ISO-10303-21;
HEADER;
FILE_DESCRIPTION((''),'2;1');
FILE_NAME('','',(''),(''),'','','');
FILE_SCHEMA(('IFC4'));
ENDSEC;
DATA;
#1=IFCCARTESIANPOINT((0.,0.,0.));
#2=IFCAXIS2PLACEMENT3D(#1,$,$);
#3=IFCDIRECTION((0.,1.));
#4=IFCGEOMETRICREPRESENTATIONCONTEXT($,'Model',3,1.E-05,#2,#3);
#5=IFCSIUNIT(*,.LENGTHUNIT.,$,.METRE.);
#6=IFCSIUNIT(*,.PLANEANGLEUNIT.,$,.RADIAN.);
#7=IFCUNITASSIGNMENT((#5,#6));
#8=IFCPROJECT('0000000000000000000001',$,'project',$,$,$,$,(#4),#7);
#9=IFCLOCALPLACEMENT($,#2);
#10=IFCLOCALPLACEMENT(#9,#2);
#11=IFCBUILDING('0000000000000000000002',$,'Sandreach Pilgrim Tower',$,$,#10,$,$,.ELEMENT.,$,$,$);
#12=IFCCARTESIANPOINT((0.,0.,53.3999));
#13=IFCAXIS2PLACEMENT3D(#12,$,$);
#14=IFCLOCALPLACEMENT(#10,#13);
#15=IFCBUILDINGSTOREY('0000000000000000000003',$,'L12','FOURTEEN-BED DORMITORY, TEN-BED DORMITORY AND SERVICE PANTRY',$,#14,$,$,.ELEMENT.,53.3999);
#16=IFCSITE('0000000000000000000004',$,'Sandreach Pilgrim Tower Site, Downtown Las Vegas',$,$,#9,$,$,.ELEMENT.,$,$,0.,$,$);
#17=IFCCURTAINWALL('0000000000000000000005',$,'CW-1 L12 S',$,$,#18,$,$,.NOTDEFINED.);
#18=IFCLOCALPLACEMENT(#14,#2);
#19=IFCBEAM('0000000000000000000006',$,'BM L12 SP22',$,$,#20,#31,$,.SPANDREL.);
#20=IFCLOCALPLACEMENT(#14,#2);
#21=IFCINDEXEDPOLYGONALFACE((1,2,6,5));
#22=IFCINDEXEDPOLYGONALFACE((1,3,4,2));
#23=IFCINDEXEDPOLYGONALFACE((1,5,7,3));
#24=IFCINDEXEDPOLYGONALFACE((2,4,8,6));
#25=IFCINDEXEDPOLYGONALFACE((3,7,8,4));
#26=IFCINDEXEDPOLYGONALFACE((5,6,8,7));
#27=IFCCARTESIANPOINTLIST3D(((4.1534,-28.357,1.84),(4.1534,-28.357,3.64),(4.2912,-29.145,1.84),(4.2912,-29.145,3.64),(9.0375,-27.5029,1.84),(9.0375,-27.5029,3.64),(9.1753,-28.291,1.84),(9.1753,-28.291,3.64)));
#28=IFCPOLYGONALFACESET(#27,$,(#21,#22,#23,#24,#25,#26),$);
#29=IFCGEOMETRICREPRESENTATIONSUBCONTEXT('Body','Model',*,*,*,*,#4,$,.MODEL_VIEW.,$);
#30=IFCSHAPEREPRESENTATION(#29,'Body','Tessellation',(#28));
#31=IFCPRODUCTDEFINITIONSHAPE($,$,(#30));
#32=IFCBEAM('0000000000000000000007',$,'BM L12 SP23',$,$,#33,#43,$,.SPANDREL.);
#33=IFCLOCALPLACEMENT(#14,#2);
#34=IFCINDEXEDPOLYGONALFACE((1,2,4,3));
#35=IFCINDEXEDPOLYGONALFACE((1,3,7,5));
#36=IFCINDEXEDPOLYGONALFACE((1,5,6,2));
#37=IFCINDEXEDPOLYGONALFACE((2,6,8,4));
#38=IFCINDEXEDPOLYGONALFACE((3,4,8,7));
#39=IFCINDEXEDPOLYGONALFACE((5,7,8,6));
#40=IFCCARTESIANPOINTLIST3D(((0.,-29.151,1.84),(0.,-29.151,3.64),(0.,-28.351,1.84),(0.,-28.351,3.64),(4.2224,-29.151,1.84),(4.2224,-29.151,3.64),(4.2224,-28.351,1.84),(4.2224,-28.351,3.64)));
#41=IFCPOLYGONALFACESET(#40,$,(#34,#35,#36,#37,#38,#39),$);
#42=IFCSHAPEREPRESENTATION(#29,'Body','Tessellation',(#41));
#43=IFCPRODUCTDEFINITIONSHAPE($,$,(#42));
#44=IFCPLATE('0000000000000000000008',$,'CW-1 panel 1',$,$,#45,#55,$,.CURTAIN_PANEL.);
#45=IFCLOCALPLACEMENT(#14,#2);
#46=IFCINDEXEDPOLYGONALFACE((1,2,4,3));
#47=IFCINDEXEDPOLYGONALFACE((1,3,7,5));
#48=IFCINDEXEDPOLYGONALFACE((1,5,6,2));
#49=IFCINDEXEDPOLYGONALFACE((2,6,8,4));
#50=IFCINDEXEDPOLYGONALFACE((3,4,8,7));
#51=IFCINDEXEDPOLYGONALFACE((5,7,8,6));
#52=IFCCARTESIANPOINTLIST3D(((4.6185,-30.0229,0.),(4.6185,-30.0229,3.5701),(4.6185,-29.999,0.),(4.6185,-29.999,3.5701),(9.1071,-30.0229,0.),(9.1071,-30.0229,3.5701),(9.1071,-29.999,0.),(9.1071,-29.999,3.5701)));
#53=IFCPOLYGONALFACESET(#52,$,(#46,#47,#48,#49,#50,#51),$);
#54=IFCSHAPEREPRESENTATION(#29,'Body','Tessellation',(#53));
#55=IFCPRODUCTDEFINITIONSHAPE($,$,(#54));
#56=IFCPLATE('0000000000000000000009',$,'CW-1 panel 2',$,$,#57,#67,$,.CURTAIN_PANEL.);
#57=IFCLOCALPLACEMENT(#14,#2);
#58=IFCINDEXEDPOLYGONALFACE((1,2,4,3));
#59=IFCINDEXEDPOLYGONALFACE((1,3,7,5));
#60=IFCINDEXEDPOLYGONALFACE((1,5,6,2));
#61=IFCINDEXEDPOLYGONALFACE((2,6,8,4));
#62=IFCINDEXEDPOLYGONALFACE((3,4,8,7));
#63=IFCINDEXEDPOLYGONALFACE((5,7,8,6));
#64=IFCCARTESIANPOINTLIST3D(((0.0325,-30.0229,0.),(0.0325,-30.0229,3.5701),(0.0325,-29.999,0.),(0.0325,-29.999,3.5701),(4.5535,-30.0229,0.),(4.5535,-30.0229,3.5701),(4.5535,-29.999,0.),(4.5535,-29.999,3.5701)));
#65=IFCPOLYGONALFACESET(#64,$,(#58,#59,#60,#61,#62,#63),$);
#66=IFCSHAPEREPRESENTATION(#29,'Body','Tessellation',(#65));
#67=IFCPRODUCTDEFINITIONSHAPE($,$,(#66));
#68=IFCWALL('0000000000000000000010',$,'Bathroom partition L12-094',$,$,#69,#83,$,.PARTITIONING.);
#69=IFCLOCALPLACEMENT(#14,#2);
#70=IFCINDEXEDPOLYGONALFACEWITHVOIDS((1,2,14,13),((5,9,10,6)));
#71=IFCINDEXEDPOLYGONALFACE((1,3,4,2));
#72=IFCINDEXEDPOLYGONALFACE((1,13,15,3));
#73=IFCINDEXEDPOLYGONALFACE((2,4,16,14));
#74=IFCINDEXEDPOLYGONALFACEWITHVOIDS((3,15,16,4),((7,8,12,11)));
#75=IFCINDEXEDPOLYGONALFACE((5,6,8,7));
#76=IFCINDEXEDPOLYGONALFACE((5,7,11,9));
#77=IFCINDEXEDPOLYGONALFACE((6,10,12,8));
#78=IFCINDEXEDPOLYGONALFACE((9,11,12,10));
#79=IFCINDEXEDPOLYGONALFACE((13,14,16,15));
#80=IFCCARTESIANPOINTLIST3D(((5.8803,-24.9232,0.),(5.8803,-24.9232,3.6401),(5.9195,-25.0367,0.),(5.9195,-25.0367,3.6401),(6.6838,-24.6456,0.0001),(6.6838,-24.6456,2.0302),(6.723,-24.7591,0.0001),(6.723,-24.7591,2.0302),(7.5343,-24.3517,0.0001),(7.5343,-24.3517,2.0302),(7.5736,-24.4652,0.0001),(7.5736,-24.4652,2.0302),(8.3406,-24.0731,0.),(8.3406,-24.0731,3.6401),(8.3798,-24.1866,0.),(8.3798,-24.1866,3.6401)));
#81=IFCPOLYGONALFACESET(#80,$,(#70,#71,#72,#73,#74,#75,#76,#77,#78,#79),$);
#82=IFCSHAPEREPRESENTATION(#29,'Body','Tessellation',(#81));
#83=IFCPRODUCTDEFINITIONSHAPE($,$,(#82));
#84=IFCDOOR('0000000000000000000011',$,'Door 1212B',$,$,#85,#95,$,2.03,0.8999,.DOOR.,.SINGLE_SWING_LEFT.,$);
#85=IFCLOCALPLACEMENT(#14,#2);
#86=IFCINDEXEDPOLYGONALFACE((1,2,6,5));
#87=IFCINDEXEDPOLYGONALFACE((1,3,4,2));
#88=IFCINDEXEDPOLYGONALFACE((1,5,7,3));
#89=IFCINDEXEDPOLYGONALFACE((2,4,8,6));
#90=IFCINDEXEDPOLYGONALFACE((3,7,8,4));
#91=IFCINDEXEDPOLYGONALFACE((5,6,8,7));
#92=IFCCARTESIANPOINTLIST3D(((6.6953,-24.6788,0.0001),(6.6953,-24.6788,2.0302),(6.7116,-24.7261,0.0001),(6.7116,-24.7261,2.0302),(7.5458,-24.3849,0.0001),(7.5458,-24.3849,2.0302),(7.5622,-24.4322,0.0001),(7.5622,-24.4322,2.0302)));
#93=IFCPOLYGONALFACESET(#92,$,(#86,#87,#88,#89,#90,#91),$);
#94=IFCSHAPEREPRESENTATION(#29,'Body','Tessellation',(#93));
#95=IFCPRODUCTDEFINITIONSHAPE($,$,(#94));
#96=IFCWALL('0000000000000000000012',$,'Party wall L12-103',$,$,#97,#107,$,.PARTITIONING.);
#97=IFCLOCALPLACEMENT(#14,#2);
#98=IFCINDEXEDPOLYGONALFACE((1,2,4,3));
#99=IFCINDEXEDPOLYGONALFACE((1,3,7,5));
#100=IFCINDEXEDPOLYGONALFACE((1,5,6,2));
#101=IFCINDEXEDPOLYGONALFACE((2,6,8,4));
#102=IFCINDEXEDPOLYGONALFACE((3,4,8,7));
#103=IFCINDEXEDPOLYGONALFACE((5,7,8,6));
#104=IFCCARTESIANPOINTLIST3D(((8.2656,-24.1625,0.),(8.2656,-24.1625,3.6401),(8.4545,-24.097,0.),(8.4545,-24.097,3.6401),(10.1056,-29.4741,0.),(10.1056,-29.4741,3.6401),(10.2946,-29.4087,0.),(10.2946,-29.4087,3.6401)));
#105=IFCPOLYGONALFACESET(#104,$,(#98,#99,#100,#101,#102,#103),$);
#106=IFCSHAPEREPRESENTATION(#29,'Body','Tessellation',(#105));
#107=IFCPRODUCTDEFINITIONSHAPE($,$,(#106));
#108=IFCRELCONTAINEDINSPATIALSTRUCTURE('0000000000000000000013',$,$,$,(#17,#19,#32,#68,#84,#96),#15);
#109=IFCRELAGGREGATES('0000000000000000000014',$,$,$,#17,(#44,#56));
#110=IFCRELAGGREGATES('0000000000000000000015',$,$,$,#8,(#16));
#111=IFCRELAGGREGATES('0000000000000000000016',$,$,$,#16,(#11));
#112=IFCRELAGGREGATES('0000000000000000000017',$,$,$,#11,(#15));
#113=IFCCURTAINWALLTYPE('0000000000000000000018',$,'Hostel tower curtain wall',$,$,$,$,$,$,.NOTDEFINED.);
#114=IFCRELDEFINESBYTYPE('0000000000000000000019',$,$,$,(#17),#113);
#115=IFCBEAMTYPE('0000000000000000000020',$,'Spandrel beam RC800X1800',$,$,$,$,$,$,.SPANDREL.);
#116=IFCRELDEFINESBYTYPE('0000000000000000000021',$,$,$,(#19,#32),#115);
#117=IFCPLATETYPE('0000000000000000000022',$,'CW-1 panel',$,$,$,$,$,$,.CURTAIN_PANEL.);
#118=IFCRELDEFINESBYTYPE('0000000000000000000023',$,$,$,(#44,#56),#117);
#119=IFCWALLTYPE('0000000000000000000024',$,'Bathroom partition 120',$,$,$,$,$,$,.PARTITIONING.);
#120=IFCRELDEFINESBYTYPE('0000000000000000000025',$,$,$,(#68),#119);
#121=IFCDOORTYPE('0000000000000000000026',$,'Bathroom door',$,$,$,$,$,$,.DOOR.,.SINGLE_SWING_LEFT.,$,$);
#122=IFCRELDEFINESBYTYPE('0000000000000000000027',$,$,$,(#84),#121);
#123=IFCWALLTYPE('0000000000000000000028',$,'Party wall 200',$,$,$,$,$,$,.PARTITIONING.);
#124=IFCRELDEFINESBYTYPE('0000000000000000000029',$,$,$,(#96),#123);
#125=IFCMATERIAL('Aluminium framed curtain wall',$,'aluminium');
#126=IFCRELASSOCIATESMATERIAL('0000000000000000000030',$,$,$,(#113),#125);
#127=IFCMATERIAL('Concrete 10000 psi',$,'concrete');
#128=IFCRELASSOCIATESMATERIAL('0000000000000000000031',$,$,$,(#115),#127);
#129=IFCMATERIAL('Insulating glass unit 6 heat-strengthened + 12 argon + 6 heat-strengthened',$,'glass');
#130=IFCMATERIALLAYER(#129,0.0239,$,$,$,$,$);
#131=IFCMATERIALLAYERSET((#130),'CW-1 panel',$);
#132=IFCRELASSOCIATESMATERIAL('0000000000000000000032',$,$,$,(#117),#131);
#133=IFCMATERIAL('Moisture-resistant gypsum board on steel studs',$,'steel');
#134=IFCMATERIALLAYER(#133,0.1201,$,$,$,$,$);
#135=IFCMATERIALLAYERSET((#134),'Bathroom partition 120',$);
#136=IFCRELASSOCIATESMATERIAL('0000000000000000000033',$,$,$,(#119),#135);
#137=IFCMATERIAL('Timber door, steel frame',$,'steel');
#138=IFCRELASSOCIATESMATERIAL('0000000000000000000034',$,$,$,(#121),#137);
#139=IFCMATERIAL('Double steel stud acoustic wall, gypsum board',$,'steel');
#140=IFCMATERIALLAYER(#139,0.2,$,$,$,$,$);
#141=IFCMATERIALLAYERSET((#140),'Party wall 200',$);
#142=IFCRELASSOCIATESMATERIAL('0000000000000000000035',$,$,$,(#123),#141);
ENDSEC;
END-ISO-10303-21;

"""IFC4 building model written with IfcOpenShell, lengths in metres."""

from ifc_helpers import new_model, si_unit, direction, frame, frame_2d, origin, origin_2d, place, context, subcontext, project, spatial, rectangle, extrude, material, layer, layer_set, material_profile, profile_set, type_object, element, fill, aggregate, save


model = new_model("IFC4")

# Units and contexts
model_context = context("Model", 3, precision=1e-05, world=origin(), true_north=direction((0.0, 1.0)))
body_context = subcontext(model_context, "Body", "Model", "MODEL_VIEW")
ifc_project = project(units=[si_unit("LENGTHUNIT", "METRE"), si_unit("PLANEANGLEUNIT", "RADIAN")], contexts=[model_context])

# Site, building, storey
site_placement = place(None, origin())
site = spatial("IfcSite", under=ifc_project, at=site_placement, Name="Sandreach Pilgrim Tower Site, Downtown Las Vegas", CompositionType="ELEMENT", RefElevation=0.0)
building_placement = place(site_placement, origin())
building = spatial("IfcBuilding", under=site, at=building_placement, Name="Sandreach Pilgrim Tower", CompositionType="ELEMENT")
storey_placement = place(building_placement, frame((0.0, 0.0, 53.3999)))
storey = spatial("IfcBuildingStorey", under=building, at=storey_placement, Name="L12", Description="FOURTEEN-BED DORMITORY, TEN-BED DORMITORY AND SERVICE PANTRY", CompositionType="ELEMENT", Elevation=53.3999)

# Curtain wall
ifc_material_1 = material(Name="Aluminium framed curtain wall", Category="aluminium")
curtain_wall_type = type_object("IfcCurtainWallType", Name="Hostel tower curtain wall", PredefinedType="NOTDEFINED", material=ifc_material_1)
curtain_wall_placement = place(storey_placement, origin())
curtain_wall = element("IfcCurtainWall", 1, at=curtain_wall_placement, inside=storey, type_object=curtain_wall_type, Name="CW-1 L12 S", PredefinedType="NOTDEFINED")

# Beams
ifc_material_2 = material(Name="Concrete 10000 psi", Category="concrete")
ifc_material_profile_1 = material_profile(ifc_material_2, rectangle(XDim=0.8, YDim=1.8, at=origin_2d()), Name="RC800X1800")
ifc_profile_set_1 = profile_set([ifc_material_profile_1], Name="Concrete 10000 psi")
beam_type_1 = type_object("IfcBeamType", Name="Spandrel beam RC800X1800", PredefinedType="SPANDREL", material=ifc_profile_set_1)
beam_1_placement = place(storey_placement, frame((9.1064, -27.897, 2.74), z_axis=(-0.985054, -0.172243, 0.0), x_axis=(0.172243, -0.985054, 0.0)))
element("IfcBeam", 2, at=beam_1_placement, inside=storey, type_object=beam_type_1, Name="BM L12 SP22", PredefinedType="SPANDREL", context=body_context, shape_type="SweptSolid", body=[
    extrude(rectangle(XDim=0.8, YDim=1.8, at=origin_2d()), origin(), (0.0, 0.0, 1.0), 4.9583),
])
beam_2_placement = place(storey_placement, frame((4.2224, -28.751, 2.74), z_axis=(-1.0, 0.0, 0.0), x_axis=(0.0, -1.0, 0.0)))
element("IfcBeam", 3, at=beam_2_placement, inside=storey, type_object=beam_type_1, Name="BM L12 SP23", PredefinedType="SPANDREL", context=body_context, shape_type="SweptSolid", body=[
    extrude(rectangle(XDim=0.8, YDim=1.8, at=origin_2d()), origin(), (0.0, 0.0, 1.0), 4.2224),
])

# Plates
ifc_material_3 = material(Name="Insulating glass unit 6 heat-strengthened + 12 argon + 6 heat-strengthened", Category="glass")
ifc_layer_1 = layer(ifc_material_3, 0.0239)
ifc_layer_set_1 = layer_set([ifc_layer_1], Name="CW-1 panel")
plate_type = type_object("IfcPlateType", Name="CW-1 panel", PredefinedType="CURTAIN_PANEL", material=ifc_layer_set_1)
plate_1_placement = place(storey_placement, frame((6.8628, -30.011, 0.0), z_axis=(0.0, 0.0, 1.0), x_axis=(-1.0, 0.0, 0.0)))
plate_1 = element("IfcPlate", 4, at=plate_1_placement, type_object=plate_type, Name="CW-1 panel 1", PredefinedType="CURTAIN_PANEL", context=body_context, shape_type="SweptSolid", body=[
    extrude(rectangle(XDim=4.4885, YDim=0.0239, at=origin_2d()), origin(), (0.0, 0.0, 1.0), 3.5701),
])
plate_2_placement = place(storey_placement, frame((2.293, -30.011, 0.0), z_axis=(0.0, 0.0, 1.0), x_axis=(-1.0, 0.0, 0.0)))
plate_2 = element("IfcPlate", 5, at=plate_2_placement, type_object=plate_type, Name="CW-1 panel 2", PredefinedType="CURTAIN_PANEL", context=body_context, shape_type="SweptSolid", body=[
    extrude(rectangle(XDim=4.521, YDim=0.0239, at=origin_2d()), origin(), (0.0, 0.0, 1.0), 3.5701),
])
aggregate(curtain_wall, [plate_1, plate_2])

# Wall, opening, door
ifc_material_4 = material(Name="Moisture-resistant gypsum board on steel studs", Category="steel")
ifc_layer_2 = layer(ifc_material_4, 0.1201)
ifc_layer_set_2 = layer_set([ifc_layer_2], Name="Bathroom partition 120")
wall_type_1 = type_object("IfcWallType", Name="Bathroom partition 120", PredefinedType="PARTITIONING", material=ifc_layer_set_2)
wall_1_placement = place(storey_placement, frame((5.8999, -24.98, 0.0), z_axis=(0.0, 0.0, 1.0), x_axis=(0.945165, 0.326592, 0.0)))
wall_1 = element("IfcWall", 6, at=wall_1_placement, inside=storey, type_object=wall_type_1, Name="Bathroom partition L12-094", PredefinedType="PARTITIONING", context=body_context, shape_type="SweptSolid", body=[
    extrude(rectangle(XDim=2.603, YDim=0.1201, at=frame_2d((1.3015, 0.0))), origin(), (0.0, 0.0, 1.0), 3.6401),
])
opening_placement = place(wall_1_placement, frame((0.8501, 0.0, 0.0)))
opening = element("IfcOpeningElement", 7, at=opening_placement, cuts=wall_1, PredefinedType="OPENING", context=body_context, shape_type="SweptSolid", body=[
    extrude(rectangle(XDim=0.8999, YDim=2.03, at=frame_2d((0.45, 1.0151))), frame((0.0, 0.0601, 0.0), z_axis=(0.0, -1.0, 0.0), x_axis=(1.0, 0.0, 0.0)), (0.0, 0.0, 1.0), 0.1201),
])
ifc_material_5 = material(Name="Timber door, steel frame", Category="steel")
door_type = type_object("IfcDoorType", Name="Bathroom door", OperationType="SINGLE_SWING_LEFT", PredefinedType="DOOR", material=ifc_material_5)
door_placement = place(opening_placement, origin())
door = element("IfcDoor", 8, at=door_placement, inside=storey, type_object=door_type, Name="Door 1212B", OperationType="SINGLE_SWING_LEFT", OverallHeight=2.03, OverallWidth=0.8999, PredefinedType="DOOR", context=body_context, shape_type="SweptSolid", body=[
    extrude(rectangle(XDim=0.8999, YDim=2.03, at=frame_2d((0.45, 1.0151))), frame((0.0, 0.0249, 0.0), z_axis=(0.0, -1.0, 0.0), x_axis=(1.0, 0.0, 0.0)), (0.0, 0.0, 1.0), 0.05),
])
fill(opening, door)

# Wall
ifc_material_6 = material(Name="Double steel stud acoustic wall, gypsum board", Category="steel")
ifc_layer_3 = layer(ifc_material_6, 0.2)
ifc_layer_set_3 = layer_set([ifc_layer_3], Name="Party wall 200")
wall_type_2 = type_object("IfcWallType", Name="Party wall 200", PredefinedType="PARTITIONING", material=ifc_layer_set_3)
wall_2_placement = place(storey_placement, frame((8.3601, -24.1299, 0.0), z_axis=(0.0, 0.0, 1.0), x_axis=(0.327333, -0.944909, 0.0)))
element("IfcWall", 9, at=wall_2_placement, inside=storey, type_object=wall_type_2, Name="Party wall L12-103", PredefinedType="PARTITIONING", context=body_context, shape_type="SweptSolid", body=[
    extrude(rectangle(XDim=5.6213, YDim=0.2, at=frame_2d((2.8105, 0.0))), origin(), (0.0, 0.0, 1.0), 3.6401),
])

save(model, "model.ifc")
